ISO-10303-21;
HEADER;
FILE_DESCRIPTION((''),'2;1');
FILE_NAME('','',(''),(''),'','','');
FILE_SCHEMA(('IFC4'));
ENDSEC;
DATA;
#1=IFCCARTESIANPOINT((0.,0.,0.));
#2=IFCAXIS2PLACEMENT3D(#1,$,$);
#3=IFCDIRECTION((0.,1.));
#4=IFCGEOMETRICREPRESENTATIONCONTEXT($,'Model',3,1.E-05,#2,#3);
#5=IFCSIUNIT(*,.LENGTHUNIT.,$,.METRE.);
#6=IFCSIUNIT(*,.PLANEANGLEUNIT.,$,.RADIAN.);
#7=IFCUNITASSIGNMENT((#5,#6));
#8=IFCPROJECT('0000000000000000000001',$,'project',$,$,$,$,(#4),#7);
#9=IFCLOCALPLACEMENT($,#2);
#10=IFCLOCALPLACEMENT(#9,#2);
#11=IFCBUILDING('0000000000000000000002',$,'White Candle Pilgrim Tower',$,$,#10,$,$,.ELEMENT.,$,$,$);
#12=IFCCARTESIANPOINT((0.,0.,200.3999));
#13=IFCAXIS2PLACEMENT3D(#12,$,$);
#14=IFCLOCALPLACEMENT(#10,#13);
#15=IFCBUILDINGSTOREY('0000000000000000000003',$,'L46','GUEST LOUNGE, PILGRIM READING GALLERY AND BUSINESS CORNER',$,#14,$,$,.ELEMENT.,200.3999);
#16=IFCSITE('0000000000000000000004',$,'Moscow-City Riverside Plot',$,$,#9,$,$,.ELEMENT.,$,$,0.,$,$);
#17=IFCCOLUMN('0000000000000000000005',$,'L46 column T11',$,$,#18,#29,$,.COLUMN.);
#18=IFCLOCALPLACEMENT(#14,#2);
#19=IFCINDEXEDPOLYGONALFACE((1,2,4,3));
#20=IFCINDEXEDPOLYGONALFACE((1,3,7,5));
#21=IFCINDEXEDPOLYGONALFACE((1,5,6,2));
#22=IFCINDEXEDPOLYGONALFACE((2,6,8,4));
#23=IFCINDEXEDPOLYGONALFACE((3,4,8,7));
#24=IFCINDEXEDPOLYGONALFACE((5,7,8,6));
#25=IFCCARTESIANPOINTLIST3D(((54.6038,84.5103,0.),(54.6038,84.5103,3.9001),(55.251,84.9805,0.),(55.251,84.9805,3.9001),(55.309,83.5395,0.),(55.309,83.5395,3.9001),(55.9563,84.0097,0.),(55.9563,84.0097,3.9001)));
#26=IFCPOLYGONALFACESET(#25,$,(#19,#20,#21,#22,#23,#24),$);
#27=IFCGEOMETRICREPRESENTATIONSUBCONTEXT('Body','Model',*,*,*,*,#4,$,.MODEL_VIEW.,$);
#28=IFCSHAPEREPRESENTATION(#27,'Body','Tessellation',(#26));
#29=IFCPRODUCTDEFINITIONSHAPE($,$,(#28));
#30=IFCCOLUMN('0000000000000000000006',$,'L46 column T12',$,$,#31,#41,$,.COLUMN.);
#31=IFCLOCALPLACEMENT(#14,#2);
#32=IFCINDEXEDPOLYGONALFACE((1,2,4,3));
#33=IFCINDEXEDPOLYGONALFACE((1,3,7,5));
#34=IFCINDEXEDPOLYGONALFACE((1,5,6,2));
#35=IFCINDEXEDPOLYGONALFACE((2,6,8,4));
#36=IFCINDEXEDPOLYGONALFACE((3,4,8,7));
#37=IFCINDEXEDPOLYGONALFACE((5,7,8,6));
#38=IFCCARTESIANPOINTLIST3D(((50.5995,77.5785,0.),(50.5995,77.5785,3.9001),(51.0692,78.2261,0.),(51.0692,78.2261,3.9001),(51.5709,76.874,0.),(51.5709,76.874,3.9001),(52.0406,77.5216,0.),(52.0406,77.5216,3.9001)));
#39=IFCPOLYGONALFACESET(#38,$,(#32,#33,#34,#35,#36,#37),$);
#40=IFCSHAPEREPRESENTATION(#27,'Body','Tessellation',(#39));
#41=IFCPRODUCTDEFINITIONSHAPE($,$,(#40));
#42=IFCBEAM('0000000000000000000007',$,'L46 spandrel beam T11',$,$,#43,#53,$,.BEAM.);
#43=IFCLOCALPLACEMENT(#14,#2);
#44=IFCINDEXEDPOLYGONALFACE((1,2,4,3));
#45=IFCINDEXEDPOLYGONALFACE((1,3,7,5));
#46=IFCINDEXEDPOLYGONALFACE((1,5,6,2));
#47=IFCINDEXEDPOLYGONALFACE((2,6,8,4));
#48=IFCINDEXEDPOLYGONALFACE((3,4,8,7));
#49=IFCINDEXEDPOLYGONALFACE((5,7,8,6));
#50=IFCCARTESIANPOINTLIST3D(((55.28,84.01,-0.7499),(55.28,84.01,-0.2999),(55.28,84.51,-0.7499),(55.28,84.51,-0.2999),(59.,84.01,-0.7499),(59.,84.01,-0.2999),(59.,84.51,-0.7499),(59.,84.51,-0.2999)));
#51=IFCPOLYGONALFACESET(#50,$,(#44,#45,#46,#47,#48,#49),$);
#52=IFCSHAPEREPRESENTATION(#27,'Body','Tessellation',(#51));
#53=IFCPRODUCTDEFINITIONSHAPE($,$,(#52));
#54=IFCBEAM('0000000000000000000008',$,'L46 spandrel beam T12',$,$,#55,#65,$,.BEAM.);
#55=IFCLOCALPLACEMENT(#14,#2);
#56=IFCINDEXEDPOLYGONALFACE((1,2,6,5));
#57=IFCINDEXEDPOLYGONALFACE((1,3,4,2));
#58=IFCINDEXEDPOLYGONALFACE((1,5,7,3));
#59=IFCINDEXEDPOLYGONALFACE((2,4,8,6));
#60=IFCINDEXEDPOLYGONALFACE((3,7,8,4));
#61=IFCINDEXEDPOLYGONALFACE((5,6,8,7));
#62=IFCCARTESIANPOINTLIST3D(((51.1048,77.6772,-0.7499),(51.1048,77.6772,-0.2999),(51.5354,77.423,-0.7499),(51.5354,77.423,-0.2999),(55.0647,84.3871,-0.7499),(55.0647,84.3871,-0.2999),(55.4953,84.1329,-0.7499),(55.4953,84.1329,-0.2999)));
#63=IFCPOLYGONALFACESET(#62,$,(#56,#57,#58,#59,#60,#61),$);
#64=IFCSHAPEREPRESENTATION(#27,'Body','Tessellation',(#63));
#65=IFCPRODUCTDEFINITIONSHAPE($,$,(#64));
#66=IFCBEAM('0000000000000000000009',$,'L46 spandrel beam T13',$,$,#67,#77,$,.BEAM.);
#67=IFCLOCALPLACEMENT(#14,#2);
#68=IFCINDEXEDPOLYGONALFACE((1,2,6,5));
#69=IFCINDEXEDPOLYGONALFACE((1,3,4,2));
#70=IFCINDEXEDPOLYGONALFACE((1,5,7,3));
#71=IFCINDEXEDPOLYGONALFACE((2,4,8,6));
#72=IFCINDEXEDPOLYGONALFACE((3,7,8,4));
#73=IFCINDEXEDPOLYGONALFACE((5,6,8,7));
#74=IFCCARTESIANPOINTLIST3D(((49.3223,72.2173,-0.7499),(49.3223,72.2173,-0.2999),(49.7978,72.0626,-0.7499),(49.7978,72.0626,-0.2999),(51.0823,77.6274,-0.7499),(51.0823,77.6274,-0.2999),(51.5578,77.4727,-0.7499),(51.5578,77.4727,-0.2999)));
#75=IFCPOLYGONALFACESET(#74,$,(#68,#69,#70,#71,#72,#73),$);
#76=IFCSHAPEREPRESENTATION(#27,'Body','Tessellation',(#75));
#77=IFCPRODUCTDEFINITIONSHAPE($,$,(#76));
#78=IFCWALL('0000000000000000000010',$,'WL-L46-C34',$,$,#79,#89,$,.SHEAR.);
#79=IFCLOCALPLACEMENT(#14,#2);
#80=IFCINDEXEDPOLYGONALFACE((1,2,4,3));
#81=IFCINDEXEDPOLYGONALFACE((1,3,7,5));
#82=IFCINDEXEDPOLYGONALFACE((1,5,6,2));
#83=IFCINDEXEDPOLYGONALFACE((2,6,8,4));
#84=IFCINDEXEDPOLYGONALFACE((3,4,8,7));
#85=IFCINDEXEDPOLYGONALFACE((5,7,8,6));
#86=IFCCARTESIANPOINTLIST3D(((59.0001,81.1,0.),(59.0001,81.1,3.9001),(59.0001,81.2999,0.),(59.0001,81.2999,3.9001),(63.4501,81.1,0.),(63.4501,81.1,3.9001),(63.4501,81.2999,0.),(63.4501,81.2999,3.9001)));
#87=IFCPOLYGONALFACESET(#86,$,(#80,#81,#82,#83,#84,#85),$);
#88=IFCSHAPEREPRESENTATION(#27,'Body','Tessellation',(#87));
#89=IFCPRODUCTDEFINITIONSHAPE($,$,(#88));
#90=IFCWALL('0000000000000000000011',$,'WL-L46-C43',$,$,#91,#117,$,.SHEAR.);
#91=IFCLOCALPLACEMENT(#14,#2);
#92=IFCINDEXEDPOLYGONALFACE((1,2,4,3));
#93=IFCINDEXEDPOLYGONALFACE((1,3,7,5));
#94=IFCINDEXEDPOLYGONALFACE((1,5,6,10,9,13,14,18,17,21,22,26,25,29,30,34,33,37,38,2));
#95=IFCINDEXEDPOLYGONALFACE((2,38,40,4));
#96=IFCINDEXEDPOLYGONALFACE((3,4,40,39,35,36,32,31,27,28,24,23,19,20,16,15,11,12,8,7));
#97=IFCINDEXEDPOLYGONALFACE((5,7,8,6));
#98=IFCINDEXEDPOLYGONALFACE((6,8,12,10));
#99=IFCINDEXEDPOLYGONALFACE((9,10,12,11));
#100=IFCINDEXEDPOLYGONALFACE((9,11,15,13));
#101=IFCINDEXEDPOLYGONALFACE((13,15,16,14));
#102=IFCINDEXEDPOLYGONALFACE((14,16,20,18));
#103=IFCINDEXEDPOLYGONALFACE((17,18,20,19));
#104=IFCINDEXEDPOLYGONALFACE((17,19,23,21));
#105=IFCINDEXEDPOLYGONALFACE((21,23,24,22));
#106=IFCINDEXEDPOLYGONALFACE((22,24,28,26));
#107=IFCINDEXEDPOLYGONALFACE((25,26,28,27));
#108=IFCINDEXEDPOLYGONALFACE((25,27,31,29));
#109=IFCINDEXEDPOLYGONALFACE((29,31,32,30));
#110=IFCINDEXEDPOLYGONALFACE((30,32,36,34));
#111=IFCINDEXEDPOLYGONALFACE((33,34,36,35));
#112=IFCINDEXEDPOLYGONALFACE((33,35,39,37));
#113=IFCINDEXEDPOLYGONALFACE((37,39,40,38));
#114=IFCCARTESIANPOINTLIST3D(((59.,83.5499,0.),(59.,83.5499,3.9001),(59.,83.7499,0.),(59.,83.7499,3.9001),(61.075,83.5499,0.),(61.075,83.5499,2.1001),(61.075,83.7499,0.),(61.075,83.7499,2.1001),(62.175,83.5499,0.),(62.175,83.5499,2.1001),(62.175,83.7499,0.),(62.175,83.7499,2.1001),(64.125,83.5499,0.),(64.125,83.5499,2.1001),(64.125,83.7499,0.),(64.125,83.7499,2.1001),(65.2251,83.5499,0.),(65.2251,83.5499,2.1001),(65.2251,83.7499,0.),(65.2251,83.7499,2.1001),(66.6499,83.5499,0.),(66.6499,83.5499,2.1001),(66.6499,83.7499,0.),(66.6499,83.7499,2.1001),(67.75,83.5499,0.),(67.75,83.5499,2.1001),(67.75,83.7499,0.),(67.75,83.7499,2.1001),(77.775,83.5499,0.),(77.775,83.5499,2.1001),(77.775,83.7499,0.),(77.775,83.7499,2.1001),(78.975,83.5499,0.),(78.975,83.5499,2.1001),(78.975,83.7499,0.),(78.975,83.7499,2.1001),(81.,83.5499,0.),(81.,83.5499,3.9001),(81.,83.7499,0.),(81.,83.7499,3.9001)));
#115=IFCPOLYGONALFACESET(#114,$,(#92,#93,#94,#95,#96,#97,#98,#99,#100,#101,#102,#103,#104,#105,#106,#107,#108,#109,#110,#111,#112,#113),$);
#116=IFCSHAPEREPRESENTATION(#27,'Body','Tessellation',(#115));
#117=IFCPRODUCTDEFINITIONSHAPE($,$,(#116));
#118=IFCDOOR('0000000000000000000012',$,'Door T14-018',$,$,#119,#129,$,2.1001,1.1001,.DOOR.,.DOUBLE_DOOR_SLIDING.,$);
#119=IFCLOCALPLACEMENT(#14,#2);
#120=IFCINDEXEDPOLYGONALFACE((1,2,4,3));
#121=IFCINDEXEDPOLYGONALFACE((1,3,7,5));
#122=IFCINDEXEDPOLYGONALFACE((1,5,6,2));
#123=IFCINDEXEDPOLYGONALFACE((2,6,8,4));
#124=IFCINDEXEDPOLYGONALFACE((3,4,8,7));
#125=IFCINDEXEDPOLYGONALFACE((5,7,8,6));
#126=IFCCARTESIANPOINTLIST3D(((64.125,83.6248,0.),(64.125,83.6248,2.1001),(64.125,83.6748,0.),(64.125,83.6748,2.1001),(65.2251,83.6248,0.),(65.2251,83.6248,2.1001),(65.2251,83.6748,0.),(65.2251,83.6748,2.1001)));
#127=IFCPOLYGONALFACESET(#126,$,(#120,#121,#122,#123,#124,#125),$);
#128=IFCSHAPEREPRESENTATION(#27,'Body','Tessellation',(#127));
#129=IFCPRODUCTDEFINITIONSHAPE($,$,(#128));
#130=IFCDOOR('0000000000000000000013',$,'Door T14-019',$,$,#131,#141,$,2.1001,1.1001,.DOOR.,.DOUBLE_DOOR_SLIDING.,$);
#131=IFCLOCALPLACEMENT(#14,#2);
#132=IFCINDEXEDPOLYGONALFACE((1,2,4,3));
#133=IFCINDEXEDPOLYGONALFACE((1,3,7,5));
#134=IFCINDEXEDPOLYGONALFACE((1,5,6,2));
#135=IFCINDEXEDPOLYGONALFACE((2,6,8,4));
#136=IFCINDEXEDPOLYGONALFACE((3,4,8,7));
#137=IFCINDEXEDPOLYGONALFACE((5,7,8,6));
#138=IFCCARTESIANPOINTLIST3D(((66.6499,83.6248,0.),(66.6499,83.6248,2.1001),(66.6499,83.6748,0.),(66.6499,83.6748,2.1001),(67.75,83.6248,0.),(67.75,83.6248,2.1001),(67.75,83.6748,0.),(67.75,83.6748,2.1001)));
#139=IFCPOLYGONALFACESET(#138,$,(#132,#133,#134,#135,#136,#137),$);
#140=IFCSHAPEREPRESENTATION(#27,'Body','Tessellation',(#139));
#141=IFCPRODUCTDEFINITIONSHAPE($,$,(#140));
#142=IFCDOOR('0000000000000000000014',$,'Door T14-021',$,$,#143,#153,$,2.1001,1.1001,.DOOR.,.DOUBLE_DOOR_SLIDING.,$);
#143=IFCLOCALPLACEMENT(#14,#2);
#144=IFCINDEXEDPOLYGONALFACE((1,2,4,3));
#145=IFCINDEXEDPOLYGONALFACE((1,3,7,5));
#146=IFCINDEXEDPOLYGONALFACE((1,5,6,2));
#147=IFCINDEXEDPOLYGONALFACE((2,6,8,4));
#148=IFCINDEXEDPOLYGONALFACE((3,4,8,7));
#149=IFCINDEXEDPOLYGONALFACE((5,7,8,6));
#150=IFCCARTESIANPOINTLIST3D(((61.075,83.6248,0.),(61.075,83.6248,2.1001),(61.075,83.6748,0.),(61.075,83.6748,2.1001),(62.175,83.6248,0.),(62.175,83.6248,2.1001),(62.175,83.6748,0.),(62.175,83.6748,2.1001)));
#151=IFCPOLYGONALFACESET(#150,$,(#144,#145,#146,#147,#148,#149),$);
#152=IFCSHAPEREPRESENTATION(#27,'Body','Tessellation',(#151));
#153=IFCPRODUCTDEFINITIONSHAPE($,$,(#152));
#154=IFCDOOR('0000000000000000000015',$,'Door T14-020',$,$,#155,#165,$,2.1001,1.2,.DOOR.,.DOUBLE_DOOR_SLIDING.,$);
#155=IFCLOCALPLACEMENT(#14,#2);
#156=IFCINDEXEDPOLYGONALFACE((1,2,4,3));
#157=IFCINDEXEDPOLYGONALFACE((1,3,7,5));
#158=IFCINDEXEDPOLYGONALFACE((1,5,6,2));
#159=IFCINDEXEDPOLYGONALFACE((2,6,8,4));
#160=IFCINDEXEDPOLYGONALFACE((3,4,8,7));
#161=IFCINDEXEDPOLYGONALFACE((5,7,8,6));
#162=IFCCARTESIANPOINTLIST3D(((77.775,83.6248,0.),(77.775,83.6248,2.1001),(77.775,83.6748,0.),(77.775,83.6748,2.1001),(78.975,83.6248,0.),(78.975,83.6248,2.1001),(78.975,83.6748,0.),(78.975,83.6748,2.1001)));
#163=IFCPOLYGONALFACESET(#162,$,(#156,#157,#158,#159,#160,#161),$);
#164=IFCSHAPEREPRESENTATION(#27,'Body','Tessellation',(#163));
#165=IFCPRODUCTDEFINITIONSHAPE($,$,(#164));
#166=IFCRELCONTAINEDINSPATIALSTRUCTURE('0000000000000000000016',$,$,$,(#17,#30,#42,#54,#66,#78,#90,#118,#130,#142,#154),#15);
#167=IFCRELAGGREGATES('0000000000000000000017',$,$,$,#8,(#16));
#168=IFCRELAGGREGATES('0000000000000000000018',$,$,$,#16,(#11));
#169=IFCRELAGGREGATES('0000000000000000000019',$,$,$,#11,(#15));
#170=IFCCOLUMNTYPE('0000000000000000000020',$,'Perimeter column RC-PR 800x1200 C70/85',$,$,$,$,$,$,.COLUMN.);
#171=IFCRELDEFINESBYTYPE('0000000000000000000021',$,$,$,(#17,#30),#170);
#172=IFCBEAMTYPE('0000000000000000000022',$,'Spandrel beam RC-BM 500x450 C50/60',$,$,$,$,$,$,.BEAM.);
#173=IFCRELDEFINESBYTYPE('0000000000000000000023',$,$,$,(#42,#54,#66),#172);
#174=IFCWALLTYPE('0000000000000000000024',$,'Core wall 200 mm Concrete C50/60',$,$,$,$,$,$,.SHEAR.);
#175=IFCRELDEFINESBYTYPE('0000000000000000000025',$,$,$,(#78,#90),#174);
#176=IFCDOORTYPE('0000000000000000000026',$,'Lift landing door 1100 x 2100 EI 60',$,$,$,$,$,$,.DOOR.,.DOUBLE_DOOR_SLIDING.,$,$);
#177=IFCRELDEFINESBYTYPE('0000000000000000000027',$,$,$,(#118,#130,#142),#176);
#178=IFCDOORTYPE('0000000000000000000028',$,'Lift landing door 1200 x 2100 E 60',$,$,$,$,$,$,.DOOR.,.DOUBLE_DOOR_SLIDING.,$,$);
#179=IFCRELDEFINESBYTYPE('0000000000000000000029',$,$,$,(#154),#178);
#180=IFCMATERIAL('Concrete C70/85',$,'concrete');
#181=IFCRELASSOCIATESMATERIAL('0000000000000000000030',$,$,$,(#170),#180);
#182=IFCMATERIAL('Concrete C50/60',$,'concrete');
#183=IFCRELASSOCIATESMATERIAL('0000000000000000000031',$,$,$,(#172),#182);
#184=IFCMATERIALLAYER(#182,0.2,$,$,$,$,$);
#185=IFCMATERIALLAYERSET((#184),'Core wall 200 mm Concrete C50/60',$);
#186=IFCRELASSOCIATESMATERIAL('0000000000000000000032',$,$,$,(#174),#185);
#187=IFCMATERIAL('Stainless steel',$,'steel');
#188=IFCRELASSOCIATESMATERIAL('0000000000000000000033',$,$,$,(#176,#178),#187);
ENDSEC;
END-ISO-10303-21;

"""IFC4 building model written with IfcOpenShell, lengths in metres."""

from ifc_helpers import new_model, si_unit, direction, frame, frame_2d, origin, origin_2d, place, context, subcontext, project, spatial, rectangle, extrude, material, layer, layer_set, material_profile, profile_set, type_object, element, fill, save


model = new_model("IFC4")

# Units and contexts
model_context = context("Model", 3, precision=1e-05, world=origin(), true_north=direction((0.0, 1.0)))
body_context = subcontext(model_context, "Body", "Model", "MODEL_VIEW")
ifc_project = project(units=[si_unit("LENGTHUNIT", "METRE"), si_unit("PLANEANGLEUNIT", "RADIAN")], contexts=[model_context])

# Site, building, storey
site_placement = place(None, origin())
site = spatial("IfcSite", under=ifc_project, at=site_placement, Name="Moscow-City Riverside Plot", CompositionType="ELEMENT", RefElevation=0.0)
building_placement = place(site_placement, origin())
building = spatial("IfcBuilding", under=site, at=building_placement, Name="White Candle Pilgrim Tower", CompositionType="ELEMENT")
storey_placement = place(building_placement, frame((0.0, 0.0, 200.3999)))
storey = spatial("IfcBuildingStorey", under=building, at=storey_placement, Name="L46", Description="GUEST LOUNGE, PILGRIM READING GALLERY AND BUSINESS CORNER", CompositionType="ELEMENT", Elevation=200.3999)

# Columns
ifc_material_1 = material(Name="Concrete C70/85", Category="concrete")
ifc_material_profile_1 = material_profile(ifc_material_1, rectangle(XDim=0.8, YDim=1.2, at=origin_2d()), Name="RC-PR 800x1200")
ifc_profile_set_1 = profile_set([ifc_material_profile_1], Name="Concrete C70/85")
column_type = type_object("IfcColumnType", Name="Perimeter column RC-PR 800x1200 C70/85", PredefinedType="COLUMN", material=ifc_profile_set_1)
for number, where, z_axis, x_axis, name in (
    (1, (55.28, 84.26, 0.0), (0.0, 0.0, 1.0), (0.809027, 0.587771, 0.0), "L46 column T11"),
    (2, (51.3201, 77.55, 0.0), (0.0, 0.0, 1.0), (0.587107, 0.809509, 0.0), "L46 column T12"),
):
    element("IfcColumn", number, at=place(storey_placement, frame(where, z_axis=z_axis, x_axis=x_axis)), inside=storey, type_object=column_type, Name=name, PredefinedType="COLUMN", context=body_context, shape_type="SweptSolid", body=[
        extrude(rectangle(XDim=0.8, YDim=1.2, at=origin_2d()), origin(), (0.0, 0.0, 1.0), 3.9001),
    ])

# Beams
ifc_material_2 = material(Name="Concrete C50/60", Category="concrete")
ifc_material_profile_2 = material_profile(ifc_material_2, rectangle(XDim=0.5, YDim=0.45, at=origin_2d()), Name="RC-BM 500x450")
ifc_profile_set_2 = profile_set([ifc_material_profile_2], Name="Concrete C50/60")
beam_type = type_object("IfcBeamType", Name="Spandrel beam RC-BM 500x450 C50/60", PredefinedType="BEAM", material=ifc_profile_set_2)
beam_1_placement = place(storey_placement, frame((55.28, 84.26, -0.5249), z_axis=(1.0, 0.0, 0.0), x_axis=(0.0, 1.0, 0.0)))
element("IfcBeam", 3, at=beam_1_placement, inside=storey, type_object=beam_type, Name="L46 spandrel beam T11", PredefinedType="BEAM", context=body_context, shape_type="SweptSolid", body=[
    extrude(rectangle(XDim=0.5, YDim=0.45, at=origin_2d()), origin(), (0.0, 0.0, 1.0), 3.72),
])
beam_2_placement = place(storey_placement, frame((55.28, 84.26, -0.5249), z_axis=(-0.508252, -0.861208, 0.0), x_axis=(0.861208, -0.508252, 0.0)))
element("IfcBeam", 4, at=beam_2_placement, inside=storey, type_object=beam_type, Name="L46 spandrel beam T12", PredefinedType="BEAM", context=body_context, shape_type="SweptSolid", body=[
    extrude(rectangle(XDim=0.5, YDim=0.45, at=origin_2d()), origin(), (0.0, 0.0, 1.0), 7.7913),
])
beam_3_placement = place(storey_placement, frame((51.3201, 77.55, -0.5249), z_axis=(-0.309358, -0.950946, 0.0), x_axis=(0.950946, -0.309358, 0.0)))
element("IfcBeam", 5, at=beam_3_placement, inside=storey, type_object=beam_type, Name="L46 spandrel beam T13", PredefinedType="BEAM", context=body_context, shape_type="SweptSolid", body=[
    extrude(rectangle(XDim=0.5, YDim=0.45, at=origin_2d()), origin(), (0.0, 0.0, 1.0), 5.6892),
])

# Wall
ifc_layer_1 = layer(ifc_material_2, 0.2)
ifc_layer_set_1 = layer_set([ifc_layer_1], Name="Core wall 200 mm Concrete C50/60")
wall_type_1 = type_object("IfcWallType", Name="Core wall 200 mm Concrete C50/60", PredefinedType="SHEAR", material=ifc_layer_set_1)
wall_1_placement = place(storey_placement, frame((59.0, 81.2, 0.0), z_axis=(0.0, 0.0, 1.0), x_axis=(1.0, 0.0, 0.0)))
element("IfcWall", 6, at=wall_1_placement, inside=storey, type_object=wall_type_1, Name="WL-L46-C34", PredefinedType="SHEAR", context=body_context, shape_type="SweptSolid", body=[
    extrude(rectangle(XDim=4.45, YDim=0.2, at=frame_2d((2.2251, 0.0))), origin(), (0.0, 0.0, 1.0), 3.9001),
])

# Wall, openings, doors
wall_2_placement = place(storey_placement, frame((59.0, 83.6499, 0.0), z_axis=(0.0, 0.0, 1.0), x_axis=(1.0, 0.0, 0.0)))
wall_2 = element("IfcWall", 7, at=wall_2_placement, inside=storey, type_object=wall_type_1, Name="WL-L46-C43", PredefinedType="SHEAR", context=body_context, shape_type="SweptSolid", body=[
    extrude(rectangle(XDim=22.0, YDim=0.2, at=frame_2d((11.0, 0.0))), origin(), (0.0, 0.0, 1.0), 3.9001),
])
opening_1_placement = place(wall_2_placement, frame((5.125, 0.0, 0.0)))
opening_1 = element("IfcOpeningElement", 8, at=opening_1_placement, cuts=wall_2, PredefinedType="OPENING", context=body_context, shape_type="SweptSolid", body=[
    extrude(rectangle(XDim=1.1001, YDim=2.1001, at=frame_2d((0.55, 1.05))), frame((0.0, 0.1099, 0.0), z_axis=(0.0, -1.0, 0.0), x_axis=(1.0, 0.0, 0.0)), (0.0, 0.0, 1.0), 0.22),
])
opening_2_placement = place(wall_2_placement, frame((7.6499, 0.0, 0.0)))
opening_2 = element("IfcOpeningElement", 9, at=opening_2_placement, cuts=wall_2, PredefinedType="OPENING", context=body_context, shape_type="SweptSolid", body=[
    extrude(rectangle(XDim=1.1001, YDim=2.1001, at=frame_2d((0.55, 1.05))), frame((0.0, 0.1099, 0.0), z_axis=(0.0, -1.0, 0.0), x_axis=(1.0, 0.0, 0.0)), (0.0, 0.0, 1.0), 0.22),
])
opening_3_placement = place(wall_2_placement, frame((18.7749, 0.0, 0.0)))
opening_3 = element("IfcOpeningElement", 10, at=opening_3_placement, cuts=wall_2, PredefinedType="OPENING", context=body_context, shape_type="SweptSolid", body=[
    extrude(rectangle(XDim=1.2, YDim=2.1001, at=frame_2d((0.6001, 1.05))), frame((0.0, 0.1099, 0.0), z_axis=(0.0, -1.0, 0.0), x_axis=(1.0, 0.0, 0.0)), (0.0, 0.0, 1.0), 0.22),
])
opening_4_placement = place(wall_2_placement, frame((2.075, 0.0, 0.0)))
opening_4 = element("IfcOpeningElement", 11, at=opening_4_placement, cuts=wall_2, PredefinedType="OPENING", context=body_context, shape_type="SweptSolid", body=[
    extrude(rectangle(XDim=1.1001, YDim=2.1001, at=frame_2d((0.55, 1.05))), frame((0.0, 0.1099, 0.0), z_axis=(0.0, -1.0, 0.0), x_axis=(1.0, 0.0, 0.0)), (0.0, 0.0, 1.0), 0.22),
])
ifc_material_3 = material(Name="Stainless steel", Category="steel")
door_type_1 = type_object("IfcDoorType", Name="Lift landing door 1100 x 2100 EI 60", OperationType="DOUBLE_DOOR_SLIDING", PredefinedType="DOOR", material=ifc_material_3)
door_1_placement = place(opening_1_placement, origin())
door_1 = element("IfcDoor", 12, at=door_1_placement, inside=storey, type_object=door_type_1, Name="Door T14-018", OperationType="DOUBLE_DOOR_SLIDING", OverallHeight=2.1001, OverallWidth=1.1001, PredefinedType="DOOR", context=body_context, shape_type="SweptSolid", body=[
    extrude(rectangle(XDim=1.1001, YDim=2.1001, at=frame_2d((0.55, 1.05))), frame((0.0, 0.0249, 0.0), z_axis=(0.0, -1.0, 0.0), x_axis=(1.0, 0.0, 0.0)), (0.0, 0.0, 1.0), 0.05),
])
fill(opening_1, door_1)
door_2_placement = place(opening_2_placement, origin())
door_2 = element("IfcDoor", 13, at=door_2_placement, inside=storey, type_object=door_type_1, Name="Door T14-019", OperationType="DOUBLE_DOOR_SLIDING", OverallHeight=2.1001, OverallWidth=1.1001, PredefinedType="DOOR", context=body_context, shape_type="SweptSolid", body=[
    extrude(rectangle(XDim=1.1001, YDim=2.1001, at=frame_2d((0.55, 1.05))), frame((0.0, 0.0249, 0.0), z_axis=(0.0, -1.0, 0.0), x_axis=(1.0, 0.0, 0.0)), (0.0, 0.0, 1.0), 0.05),
])
fill(opening_2, door_2)
door_3_placement = place(opening_4_placement, origin())
door_3 = element("IfcDoor", 14, at=door_3_placement, inside=storey, type_object=door_type_1, Name="Door T14-021", OperationType="DOUBLE_DOOR_SLIDING", OverallHeight=2.1001, OverallWidth=1.1001, PredefinedType="DOOR", context=body_context, shape_type="SweptSolid", body=[
    extrude(rectangle(XDim=1.1001, YDim=2.1001, at=frame_2d((0.55, 1.05))), frame((0.0, 0.0249, 0.0), z_axis=(0.0, -1.0, 0.0), x_axis=(1.0, 0.0, 0.0)), (0.0, 0.0, 1.0), 0.05),
])
fill(opening_4, door_3)
door_type_2 = type_object("IfcDoorType", Name="Lift landing door 1200 x 2100 E 60", OperationType="DOUBLE_DOOR_SLIDING", PredefinedType="DOOR", material=ifc_material_3)
door_4_placement = place(opening_3_placement, origin())
door_4 = element("IfcDoor", 15, at=door_4_placement, inside=storey, type_object=door_type_2, Name="Door T14-020", OperationType="DOUBLE_DOOR_SLIDING", OverallHeight=2.1001, OverallWidth=1.2, PredefinedType="DOOR", context=body_context, shape_type="SweptSolid", body=[
    extrude(rectangle(XDim=1.2, YDim=2.1001, at=frame_2d((0.6001, 1.05))), frame((0.0, 0.0249, 0.0), z_axis=(0.0, -1.0, 0.0), x_axis=(1.0, 0.0, 0.0)), (0.0, 0.0, 1.0), 0.05),
])
fill(opening_3, door_4)

save(model, "model.ifc")
